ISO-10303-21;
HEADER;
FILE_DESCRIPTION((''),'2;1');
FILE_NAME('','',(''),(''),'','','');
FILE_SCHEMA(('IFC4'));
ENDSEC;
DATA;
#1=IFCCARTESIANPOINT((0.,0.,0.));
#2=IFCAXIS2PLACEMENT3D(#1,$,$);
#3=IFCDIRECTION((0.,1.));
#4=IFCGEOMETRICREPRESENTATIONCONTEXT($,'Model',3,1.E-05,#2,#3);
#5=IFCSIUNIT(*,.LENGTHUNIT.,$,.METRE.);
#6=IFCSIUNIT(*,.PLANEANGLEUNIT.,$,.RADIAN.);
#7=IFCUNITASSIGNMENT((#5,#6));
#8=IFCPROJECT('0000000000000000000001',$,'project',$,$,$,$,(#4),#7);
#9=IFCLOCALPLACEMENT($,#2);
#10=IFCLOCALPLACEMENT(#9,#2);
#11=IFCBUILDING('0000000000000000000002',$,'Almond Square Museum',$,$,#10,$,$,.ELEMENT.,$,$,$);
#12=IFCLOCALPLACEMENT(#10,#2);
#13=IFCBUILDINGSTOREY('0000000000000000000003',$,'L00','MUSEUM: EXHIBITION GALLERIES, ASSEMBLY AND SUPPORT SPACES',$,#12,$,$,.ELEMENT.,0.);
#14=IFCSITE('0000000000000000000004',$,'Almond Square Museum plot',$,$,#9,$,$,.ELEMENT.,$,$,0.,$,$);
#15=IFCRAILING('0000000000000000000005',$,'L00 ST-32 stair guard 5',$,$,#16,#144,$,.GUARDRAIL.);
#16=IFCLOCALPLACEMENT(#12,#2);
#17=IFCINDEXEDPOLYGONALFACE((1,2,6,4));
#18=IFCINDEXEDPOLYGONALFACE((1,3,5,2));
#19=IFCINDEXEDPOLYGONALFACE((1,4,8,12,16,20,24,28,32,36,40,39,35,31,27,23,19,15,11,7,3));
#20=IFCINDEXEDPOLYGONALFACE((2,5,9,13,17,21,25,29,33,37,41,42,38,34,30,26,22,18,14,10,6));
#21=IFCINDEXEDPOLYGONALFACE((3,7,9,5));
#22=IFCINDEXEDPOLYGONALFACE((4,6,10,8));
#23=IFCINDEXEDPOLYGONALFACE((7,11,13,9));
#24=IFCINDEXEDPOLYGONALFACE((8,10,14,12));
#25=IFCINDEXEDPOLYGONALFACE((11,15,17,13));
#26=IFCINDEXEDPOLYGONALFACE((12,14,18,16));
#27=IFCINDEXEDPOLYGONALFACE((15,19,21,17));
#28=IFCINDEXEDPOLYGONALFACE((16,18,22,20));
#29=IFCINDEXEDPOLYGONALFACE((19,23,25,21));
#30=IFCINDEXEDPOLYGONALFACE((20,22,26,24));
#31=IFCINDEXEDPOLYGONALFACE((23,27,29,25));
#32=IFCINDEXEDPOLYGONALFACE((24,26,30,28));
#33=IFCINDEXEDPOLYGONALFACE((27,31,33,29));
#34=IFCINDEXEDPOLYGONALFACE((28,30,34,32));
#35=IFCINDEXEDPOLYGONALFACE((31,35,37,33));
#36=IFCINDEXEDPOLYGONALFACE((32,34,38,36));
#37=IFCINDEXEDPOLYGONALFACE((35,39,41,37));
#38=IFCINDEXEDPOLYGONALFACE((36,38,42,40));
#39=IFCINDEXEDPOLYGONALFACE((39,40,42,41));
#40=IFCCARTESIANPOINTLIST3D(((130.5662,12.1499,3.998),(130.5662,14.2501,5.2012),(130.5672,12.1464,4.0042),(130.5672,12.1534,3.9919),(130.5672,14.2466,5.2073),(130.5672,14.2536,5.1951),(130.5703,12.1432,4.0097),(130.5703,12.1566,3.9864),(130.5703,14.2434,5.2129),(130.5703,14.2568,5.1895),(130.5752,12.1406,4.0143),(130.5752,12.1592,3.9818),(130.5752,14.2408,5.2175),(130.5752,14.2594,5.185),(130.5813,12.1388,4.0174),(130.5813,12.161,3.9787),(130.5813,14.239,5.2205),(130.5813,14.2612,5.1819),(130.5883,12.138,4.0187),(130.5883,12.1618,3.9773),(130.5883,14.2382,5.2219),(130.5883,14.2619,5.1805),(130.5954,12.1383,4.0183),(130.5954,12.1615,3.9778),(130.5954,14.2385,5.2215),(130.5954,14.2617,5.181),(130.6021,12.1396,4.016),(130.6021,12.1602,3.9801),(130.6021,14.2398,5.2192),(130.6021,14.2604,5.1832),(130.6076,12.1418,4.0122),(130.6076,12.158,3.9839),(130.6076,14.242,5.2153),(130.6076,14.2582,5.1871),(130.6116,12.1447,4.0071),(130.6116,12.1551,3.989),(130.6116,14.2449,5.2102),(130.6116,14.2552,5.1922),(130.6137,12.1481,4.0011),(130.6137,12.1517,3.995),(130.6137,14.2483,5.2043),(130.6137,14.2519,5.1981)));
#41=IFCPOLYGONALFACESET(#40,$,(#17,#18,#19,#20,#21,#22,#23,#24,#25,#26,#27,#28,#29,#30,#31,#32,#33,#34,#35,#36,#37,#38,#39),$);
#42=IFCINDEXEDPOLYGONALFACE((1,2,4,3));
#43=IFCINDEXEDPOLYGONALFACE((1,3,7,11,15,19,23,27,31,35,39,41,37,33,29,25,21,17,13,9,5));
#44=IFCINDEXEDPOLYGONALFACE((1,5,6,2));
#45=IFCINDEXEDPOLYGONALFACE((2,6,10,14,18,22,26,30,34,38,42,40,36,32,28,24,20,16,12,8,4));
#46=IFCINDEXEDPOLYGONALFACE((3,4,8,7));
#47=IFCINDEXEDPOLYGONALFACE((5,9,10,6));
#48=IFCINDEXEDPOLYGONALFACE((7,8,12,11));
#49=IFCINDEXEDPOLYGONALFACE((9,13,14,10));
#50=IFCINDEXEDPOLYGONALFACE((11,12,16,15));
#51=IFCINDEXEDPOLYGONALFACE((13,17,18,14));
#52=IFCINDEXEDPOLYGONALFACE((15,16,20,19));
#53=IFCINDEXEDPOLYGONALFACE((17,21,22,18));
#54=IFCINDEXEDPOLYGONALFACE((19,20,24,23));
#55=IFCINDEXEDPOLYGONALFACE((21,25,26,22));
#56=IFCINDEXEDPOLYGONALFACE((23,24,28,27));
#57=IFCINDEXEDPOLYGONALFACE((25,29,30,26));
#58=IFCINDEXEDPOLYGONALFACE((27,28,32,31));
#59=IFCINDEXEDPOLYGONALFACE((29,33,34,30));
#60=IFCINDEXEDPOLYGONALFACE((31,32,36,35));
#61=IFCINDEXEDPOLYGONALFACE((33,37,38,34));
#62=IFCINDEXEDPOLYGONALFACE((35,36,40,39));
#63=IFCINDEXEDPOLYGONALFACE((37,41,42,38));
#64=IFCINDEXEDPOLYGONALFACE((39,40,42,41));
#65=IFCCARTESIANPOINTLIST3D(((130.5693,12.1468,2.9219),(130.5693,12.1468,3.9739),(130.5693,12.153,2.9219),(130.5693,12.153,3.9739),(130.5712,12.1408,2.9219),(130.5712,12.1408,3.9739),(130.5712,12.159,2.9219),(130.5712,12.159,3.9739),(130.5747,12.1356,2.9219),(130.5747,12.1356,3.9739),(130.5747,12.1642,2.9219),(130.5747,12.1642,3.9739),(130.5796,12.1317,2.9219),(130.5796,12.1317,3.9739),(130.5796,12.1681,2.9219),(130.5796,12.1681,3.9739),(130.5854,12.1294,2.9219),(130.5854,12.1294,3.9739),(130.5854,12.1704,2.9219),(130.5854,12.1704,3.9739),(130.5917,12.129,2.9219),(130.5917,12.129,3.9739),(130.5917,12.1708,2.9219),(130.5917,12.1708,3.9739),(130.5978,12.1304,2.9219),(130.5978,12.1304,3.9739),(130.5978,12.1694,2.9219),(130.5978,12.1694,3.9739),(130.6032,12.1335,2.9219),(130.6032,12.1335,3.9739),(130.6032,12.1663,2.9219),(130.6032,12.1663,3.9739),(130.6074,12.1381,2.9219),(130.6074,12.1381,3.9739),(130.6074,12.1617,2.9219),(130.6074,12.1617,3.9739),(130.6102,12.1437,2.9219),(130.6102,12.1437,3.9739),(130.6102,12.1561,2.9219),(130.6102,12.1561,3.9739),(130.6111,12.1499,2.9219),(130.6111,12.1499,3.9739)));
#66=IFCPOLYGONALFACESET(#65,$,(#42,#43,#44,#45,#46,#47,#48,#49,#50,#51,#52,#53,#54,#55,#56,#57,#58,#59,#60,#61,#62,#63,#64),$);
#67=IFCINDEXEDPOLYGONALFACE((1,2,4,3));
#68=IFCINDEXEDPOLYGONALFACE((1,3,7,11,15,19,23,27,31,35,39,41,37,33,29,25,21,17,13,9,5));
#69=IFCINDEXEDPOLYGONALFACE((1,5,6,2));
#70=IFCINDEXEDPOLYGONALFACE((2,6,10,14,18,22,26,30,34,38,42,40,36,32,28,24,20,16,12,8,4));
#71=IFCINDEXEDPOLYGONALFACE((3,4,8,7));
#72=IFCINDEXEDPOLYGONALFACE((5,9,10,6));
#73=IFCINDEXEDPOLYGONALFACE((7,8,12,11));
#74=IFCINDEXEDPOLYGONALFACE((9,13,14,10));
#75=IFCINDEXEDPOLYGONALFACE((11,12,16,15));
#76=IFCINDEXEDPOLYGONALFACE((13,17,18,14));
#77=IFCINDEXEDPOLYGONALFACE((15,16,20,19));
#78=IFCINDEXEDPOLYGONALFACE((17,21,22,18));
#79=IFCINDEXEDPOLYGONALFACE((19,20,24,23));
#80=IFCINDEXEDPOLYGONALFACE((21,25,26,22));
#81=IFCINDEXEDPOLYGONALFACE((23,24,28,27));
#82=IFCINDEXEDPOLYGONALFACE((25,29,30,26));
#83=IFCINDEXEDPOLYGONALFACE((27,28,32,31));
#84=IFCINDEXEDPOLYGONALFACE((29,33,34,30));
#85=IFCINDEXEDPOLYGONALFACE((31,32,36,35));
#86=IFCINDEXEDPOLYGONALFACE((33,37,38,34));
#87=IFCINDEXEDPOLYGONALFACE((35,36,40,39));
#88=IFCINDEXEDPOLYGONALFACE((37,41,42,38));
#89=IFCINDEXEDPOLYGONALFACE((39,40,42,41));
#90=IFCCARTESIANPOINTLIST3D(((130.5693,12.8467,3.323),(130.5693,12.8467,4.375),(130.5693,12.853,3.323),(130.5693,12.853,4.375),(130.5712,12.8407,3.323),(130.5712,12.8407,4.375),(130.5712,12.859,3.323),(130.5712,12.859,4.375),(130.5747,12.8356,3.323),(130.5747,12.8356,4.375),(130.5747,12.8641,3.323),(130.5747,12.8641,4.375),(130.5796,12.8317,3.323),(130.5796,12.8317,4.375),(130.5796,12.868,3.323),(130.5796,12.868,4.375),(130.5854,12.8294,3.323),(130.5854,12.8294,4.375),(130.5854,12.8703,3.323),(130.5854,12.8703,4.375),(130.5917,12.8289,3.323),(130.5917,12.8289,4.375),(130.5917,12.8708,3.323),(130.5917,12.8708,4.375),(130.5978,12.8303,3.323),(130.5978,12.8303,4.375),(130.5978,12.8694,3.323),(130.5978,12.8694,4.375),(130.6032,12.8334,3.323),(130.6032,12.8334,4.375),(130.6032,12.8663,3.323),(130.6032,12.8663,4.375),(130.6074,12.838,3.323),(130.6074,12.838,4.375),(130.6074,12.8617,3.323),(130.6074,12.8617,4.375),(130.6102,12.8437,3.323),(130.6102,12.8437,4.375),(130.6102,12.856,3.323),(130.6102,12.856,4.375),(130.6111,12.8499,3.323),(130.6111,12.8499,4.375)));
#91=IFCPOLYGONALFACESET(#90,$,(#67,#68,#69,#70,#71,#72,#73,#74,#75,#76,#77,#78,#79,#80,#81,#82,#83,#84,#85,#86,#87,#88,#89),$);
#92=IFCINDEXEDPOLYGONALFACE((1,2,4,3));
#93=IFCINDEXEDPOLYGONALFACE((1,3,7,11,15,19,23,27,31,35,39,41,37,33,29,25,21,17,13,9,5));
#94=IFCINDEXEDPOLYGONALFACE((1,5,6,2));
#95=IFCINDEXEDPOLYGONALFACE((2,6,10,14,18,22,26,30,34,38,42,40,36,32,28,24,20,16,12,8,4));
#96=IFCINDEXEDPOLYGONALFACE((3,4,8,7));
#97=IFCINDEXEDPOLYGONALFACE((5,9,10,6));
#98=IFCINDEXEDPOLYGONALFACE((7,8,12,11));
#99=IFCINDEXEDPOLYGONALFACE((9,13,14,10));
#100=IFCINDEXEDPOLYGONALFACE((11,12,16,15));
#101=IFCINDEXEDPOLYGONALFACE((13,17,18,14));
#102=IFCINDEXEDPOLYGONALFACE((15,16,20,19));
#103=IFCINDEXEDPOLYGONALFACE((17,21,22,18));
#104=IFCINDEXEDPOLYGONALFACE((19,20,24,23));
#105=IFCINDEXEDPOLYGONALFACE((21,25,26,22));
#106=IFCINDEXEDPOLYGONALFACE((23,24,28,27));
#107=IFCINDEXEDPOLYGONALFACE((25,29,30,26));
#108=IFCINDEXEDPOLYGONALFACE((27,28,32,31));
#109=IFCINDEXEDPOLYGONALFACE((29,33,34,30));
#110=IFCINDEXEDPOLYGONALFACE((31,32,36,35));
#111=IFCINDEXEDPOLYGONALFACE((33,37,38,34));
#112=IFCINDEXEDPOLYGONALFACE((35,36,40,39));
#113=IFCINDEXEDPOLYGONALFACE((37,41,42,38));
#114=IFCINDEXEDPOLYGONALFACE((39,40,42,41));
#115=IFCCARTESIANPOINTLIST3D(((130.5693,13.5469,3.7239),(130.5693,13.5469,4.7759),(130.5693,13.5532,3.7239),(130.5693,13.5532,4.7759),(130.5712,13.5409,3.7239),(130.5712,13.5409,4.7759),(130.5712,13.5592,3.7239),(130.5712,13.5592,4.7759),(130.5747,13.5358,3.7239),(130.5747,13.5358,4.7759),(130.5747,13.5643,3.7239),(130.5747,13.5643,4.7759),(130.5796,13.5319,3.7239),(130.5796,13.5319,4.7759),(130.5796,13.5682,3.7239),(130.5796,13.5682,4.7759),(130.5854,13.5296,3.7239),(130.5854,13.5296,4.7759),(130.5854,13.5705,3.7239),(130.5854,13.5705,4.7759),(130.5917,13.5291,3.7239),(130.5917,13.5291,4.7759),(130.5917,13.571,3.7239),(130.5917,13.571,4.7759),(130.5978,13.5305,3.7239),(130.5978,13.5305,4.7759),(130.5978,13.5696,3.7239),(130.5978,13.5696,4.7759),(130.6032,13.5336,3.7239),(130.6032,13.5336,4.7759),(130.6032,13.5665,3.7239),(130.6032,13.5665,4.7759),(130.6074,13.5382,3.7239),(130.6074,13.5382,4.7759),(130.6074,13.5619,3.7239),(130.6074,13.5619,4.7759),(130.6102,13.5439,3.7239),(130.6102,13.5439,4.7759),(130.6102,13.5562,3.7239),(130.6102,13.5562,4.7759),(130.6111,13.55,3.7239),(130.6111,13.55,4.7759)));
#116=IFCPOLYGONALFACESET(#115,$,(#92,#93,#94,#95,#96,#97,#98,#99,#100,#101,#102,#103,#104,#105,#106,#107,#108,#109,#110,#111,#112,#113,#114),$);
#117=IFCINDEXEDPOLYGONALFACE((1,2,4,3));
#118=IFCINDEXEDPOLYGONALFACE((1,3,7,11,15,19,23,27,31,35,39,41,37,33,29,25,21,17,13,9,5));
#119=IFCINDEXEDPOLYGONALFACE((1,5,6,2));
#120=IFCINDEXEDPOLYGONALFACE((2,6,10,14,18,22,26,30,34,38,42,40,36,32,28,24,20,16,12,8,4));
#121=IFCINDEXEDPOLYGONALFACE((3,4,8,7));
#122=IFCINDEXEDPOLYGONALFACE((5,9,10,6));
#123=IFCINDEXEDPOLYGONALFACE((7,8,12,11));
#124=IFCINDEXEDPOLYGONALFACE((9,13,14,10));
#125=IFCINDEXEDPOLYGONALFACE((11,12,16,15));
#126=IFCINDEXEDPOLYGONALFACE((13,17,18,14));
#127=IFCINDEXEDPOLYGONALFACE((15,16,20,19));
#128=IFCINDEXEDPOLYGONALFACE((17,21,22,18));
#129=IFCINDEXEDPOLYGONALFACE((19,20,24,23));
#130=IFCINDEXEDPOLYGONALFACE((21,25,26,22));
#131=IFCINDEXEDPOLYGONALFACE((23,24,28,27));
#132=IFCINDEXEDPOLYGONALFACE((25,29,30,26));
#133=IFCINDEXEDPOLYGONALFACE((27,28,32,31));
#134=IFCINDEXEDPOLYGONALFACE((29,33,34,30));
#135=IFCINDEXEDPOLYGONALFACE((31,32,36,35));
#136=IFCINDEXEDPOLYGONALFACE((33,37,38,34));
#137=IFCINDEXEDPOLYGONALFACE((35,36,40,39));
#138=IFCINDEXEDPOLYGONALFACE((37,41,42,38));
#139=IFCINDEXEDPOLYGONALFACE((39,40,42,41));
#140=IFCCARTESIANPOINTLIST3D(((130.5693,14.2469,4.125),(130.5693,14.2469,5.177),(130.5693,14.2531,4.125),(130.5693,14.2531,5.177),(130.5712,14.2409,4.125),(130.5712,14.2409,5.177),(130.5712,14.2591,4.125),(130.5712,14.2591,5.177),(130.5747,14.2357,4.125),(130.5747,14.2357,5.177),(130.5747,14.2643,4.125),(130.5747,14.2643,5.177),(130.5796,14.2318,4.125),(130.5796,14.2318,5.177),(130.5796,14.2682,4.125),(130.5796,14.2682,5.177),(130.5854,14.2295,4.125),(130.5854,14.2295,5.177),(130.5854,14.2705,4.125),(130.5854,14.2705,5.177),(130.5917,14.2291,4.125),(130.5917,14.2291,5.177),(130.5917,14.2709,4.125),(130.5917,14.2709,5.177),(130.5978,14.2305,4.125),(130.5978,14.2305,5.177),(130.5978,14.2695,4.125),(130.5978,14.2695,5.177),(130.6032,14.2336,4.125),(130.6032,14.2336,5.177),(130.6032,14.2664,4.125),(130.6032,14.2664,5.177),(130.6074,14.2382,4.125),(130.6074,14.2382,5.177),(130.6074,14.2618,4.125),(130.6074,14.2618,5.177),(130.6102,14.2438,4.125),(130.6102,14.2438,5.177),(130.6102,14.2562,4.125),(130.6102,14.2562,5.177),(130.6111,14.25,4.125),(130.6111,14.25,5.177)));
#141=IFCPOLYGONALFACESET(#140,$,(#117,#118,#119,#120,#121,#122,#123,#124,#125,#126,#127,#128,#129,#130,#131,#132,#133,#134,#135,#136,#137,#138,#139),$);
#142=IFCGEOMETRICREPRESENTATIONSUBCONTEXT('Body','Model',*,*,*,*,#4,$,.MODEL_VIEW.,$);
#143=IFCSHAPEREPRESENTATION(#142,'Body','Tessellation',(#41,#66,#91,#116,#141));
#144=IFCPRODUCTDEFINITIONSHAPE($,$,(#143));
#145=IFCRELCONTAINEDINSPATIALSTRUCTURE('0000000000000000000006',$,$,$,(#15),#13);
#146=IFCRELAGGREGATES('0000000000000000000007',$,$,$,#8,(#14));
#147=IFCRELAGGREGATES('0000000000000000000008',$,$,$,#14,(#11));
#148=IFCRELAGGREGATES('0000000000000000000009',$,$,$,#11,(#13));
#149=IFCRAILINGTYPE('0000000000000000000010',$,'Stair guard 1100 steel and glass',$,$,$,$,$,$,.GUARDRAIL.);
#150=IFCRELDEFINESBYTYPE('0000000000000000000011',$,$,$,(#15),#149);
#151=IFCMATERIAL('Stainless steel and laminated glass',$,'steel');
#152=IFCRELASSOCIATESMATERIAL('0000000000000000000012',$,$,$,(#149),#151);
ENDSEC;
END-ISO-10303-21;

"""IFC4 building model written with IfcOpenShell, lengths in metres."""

from ifc_helpers import new_model, si_unit, direction, frame, origin, origin_2d, place, context, subcontext, project, spatial, circle, extrude, material, type_object, element, save


model = new_model("IFC4")

# Units and contexts
model_context = context("Model", 3, precision=1e-05, world=origin(), true_north=direction((0.0, 1.0)))
body_context = subcontext(model_context, "Body", "Model", "MODEL_VIEW")
ifc_project = project(units=[si_unit("LENGTHUNIT", "METRE"), si_unit("PLANEANGLEUNIT", "RADIAN")], contexts=[model_context])

# Site, building, storey
site_placement = place(None, origin())
site = spatial("IfcSite", under=ifc_project, at=site_placement, Name="Almond Square Museum plot", CompositionType="ELEMENT", RefElevation=0.0)
building_placement = place(site_placement, origin())
building = spatial("IfcBuilding", under=site, at=building_placement, Name="Almond Square Museum", CompositionType="ELEMENT")
storey_placement = place(building_placement, origin())
storey = spatial("IfcBuildingStorey", under=building, at=storey_placement, Name="L00", Description="MUSEUM: EXHIBITION GALLERIES, ASSEMBLY AND SUPPORT SPACES", CompositionType="ELEMENT", Elevation=0.0)

# Railing
ifc_material_1 = material(Name="Stainless steel and laminated glass", Category="steel")
railing_type_1 = type_object("IfcRailingType", Name="Stair guard 1100 steel and glass", PredefinedType="GUARDRAIL", material=ifc_material_1)
railing_1_placement = place(storey_placement, frame((130.5901, 12.1499, 2.9219)))
element("IfcRailing", 1, at=railing_1_placement, inside=storey, type_object=railing_type_1, Name="L00 ST-32 stair guard 5", PredefinedType="GUARDRAIL", context=body_context, shape_type="SweptSolid", body=[
    extrude(circle(Radius=0.0239, at=origin_2d()), frame((0.0, 0.0, 1.0762), z_axis=(0.0, 0.867696, 0.497095), x_axis=(-1.0, 0.0, 0.0)), (0.0, 0.0, 1.0), 2.4204),
    extrude(circle(Radius=0.021, at=origin_2d()), origin(), (0.0, 0.0, 1.0), 1.052),
    extrude(circle(Radius=0.021, at=origin_2d()), frame((0.0, 0.7, 0.4011)), (0.0, 0.0, 1.0), 1.052),
    extrude(circle(Radius=0.021, at=origin_2d()), frame((0.0, 1.4001, 0.802)), (0.0, 0.0, 1.0), 1.052),
    extrude(circle(Radius=0.021, at=origin_2d()), frame((0.0, 2.1001, 1.2031)), (0.0, 0.0, 1.0), 1.052),
])

save(model, "model.ifc")
